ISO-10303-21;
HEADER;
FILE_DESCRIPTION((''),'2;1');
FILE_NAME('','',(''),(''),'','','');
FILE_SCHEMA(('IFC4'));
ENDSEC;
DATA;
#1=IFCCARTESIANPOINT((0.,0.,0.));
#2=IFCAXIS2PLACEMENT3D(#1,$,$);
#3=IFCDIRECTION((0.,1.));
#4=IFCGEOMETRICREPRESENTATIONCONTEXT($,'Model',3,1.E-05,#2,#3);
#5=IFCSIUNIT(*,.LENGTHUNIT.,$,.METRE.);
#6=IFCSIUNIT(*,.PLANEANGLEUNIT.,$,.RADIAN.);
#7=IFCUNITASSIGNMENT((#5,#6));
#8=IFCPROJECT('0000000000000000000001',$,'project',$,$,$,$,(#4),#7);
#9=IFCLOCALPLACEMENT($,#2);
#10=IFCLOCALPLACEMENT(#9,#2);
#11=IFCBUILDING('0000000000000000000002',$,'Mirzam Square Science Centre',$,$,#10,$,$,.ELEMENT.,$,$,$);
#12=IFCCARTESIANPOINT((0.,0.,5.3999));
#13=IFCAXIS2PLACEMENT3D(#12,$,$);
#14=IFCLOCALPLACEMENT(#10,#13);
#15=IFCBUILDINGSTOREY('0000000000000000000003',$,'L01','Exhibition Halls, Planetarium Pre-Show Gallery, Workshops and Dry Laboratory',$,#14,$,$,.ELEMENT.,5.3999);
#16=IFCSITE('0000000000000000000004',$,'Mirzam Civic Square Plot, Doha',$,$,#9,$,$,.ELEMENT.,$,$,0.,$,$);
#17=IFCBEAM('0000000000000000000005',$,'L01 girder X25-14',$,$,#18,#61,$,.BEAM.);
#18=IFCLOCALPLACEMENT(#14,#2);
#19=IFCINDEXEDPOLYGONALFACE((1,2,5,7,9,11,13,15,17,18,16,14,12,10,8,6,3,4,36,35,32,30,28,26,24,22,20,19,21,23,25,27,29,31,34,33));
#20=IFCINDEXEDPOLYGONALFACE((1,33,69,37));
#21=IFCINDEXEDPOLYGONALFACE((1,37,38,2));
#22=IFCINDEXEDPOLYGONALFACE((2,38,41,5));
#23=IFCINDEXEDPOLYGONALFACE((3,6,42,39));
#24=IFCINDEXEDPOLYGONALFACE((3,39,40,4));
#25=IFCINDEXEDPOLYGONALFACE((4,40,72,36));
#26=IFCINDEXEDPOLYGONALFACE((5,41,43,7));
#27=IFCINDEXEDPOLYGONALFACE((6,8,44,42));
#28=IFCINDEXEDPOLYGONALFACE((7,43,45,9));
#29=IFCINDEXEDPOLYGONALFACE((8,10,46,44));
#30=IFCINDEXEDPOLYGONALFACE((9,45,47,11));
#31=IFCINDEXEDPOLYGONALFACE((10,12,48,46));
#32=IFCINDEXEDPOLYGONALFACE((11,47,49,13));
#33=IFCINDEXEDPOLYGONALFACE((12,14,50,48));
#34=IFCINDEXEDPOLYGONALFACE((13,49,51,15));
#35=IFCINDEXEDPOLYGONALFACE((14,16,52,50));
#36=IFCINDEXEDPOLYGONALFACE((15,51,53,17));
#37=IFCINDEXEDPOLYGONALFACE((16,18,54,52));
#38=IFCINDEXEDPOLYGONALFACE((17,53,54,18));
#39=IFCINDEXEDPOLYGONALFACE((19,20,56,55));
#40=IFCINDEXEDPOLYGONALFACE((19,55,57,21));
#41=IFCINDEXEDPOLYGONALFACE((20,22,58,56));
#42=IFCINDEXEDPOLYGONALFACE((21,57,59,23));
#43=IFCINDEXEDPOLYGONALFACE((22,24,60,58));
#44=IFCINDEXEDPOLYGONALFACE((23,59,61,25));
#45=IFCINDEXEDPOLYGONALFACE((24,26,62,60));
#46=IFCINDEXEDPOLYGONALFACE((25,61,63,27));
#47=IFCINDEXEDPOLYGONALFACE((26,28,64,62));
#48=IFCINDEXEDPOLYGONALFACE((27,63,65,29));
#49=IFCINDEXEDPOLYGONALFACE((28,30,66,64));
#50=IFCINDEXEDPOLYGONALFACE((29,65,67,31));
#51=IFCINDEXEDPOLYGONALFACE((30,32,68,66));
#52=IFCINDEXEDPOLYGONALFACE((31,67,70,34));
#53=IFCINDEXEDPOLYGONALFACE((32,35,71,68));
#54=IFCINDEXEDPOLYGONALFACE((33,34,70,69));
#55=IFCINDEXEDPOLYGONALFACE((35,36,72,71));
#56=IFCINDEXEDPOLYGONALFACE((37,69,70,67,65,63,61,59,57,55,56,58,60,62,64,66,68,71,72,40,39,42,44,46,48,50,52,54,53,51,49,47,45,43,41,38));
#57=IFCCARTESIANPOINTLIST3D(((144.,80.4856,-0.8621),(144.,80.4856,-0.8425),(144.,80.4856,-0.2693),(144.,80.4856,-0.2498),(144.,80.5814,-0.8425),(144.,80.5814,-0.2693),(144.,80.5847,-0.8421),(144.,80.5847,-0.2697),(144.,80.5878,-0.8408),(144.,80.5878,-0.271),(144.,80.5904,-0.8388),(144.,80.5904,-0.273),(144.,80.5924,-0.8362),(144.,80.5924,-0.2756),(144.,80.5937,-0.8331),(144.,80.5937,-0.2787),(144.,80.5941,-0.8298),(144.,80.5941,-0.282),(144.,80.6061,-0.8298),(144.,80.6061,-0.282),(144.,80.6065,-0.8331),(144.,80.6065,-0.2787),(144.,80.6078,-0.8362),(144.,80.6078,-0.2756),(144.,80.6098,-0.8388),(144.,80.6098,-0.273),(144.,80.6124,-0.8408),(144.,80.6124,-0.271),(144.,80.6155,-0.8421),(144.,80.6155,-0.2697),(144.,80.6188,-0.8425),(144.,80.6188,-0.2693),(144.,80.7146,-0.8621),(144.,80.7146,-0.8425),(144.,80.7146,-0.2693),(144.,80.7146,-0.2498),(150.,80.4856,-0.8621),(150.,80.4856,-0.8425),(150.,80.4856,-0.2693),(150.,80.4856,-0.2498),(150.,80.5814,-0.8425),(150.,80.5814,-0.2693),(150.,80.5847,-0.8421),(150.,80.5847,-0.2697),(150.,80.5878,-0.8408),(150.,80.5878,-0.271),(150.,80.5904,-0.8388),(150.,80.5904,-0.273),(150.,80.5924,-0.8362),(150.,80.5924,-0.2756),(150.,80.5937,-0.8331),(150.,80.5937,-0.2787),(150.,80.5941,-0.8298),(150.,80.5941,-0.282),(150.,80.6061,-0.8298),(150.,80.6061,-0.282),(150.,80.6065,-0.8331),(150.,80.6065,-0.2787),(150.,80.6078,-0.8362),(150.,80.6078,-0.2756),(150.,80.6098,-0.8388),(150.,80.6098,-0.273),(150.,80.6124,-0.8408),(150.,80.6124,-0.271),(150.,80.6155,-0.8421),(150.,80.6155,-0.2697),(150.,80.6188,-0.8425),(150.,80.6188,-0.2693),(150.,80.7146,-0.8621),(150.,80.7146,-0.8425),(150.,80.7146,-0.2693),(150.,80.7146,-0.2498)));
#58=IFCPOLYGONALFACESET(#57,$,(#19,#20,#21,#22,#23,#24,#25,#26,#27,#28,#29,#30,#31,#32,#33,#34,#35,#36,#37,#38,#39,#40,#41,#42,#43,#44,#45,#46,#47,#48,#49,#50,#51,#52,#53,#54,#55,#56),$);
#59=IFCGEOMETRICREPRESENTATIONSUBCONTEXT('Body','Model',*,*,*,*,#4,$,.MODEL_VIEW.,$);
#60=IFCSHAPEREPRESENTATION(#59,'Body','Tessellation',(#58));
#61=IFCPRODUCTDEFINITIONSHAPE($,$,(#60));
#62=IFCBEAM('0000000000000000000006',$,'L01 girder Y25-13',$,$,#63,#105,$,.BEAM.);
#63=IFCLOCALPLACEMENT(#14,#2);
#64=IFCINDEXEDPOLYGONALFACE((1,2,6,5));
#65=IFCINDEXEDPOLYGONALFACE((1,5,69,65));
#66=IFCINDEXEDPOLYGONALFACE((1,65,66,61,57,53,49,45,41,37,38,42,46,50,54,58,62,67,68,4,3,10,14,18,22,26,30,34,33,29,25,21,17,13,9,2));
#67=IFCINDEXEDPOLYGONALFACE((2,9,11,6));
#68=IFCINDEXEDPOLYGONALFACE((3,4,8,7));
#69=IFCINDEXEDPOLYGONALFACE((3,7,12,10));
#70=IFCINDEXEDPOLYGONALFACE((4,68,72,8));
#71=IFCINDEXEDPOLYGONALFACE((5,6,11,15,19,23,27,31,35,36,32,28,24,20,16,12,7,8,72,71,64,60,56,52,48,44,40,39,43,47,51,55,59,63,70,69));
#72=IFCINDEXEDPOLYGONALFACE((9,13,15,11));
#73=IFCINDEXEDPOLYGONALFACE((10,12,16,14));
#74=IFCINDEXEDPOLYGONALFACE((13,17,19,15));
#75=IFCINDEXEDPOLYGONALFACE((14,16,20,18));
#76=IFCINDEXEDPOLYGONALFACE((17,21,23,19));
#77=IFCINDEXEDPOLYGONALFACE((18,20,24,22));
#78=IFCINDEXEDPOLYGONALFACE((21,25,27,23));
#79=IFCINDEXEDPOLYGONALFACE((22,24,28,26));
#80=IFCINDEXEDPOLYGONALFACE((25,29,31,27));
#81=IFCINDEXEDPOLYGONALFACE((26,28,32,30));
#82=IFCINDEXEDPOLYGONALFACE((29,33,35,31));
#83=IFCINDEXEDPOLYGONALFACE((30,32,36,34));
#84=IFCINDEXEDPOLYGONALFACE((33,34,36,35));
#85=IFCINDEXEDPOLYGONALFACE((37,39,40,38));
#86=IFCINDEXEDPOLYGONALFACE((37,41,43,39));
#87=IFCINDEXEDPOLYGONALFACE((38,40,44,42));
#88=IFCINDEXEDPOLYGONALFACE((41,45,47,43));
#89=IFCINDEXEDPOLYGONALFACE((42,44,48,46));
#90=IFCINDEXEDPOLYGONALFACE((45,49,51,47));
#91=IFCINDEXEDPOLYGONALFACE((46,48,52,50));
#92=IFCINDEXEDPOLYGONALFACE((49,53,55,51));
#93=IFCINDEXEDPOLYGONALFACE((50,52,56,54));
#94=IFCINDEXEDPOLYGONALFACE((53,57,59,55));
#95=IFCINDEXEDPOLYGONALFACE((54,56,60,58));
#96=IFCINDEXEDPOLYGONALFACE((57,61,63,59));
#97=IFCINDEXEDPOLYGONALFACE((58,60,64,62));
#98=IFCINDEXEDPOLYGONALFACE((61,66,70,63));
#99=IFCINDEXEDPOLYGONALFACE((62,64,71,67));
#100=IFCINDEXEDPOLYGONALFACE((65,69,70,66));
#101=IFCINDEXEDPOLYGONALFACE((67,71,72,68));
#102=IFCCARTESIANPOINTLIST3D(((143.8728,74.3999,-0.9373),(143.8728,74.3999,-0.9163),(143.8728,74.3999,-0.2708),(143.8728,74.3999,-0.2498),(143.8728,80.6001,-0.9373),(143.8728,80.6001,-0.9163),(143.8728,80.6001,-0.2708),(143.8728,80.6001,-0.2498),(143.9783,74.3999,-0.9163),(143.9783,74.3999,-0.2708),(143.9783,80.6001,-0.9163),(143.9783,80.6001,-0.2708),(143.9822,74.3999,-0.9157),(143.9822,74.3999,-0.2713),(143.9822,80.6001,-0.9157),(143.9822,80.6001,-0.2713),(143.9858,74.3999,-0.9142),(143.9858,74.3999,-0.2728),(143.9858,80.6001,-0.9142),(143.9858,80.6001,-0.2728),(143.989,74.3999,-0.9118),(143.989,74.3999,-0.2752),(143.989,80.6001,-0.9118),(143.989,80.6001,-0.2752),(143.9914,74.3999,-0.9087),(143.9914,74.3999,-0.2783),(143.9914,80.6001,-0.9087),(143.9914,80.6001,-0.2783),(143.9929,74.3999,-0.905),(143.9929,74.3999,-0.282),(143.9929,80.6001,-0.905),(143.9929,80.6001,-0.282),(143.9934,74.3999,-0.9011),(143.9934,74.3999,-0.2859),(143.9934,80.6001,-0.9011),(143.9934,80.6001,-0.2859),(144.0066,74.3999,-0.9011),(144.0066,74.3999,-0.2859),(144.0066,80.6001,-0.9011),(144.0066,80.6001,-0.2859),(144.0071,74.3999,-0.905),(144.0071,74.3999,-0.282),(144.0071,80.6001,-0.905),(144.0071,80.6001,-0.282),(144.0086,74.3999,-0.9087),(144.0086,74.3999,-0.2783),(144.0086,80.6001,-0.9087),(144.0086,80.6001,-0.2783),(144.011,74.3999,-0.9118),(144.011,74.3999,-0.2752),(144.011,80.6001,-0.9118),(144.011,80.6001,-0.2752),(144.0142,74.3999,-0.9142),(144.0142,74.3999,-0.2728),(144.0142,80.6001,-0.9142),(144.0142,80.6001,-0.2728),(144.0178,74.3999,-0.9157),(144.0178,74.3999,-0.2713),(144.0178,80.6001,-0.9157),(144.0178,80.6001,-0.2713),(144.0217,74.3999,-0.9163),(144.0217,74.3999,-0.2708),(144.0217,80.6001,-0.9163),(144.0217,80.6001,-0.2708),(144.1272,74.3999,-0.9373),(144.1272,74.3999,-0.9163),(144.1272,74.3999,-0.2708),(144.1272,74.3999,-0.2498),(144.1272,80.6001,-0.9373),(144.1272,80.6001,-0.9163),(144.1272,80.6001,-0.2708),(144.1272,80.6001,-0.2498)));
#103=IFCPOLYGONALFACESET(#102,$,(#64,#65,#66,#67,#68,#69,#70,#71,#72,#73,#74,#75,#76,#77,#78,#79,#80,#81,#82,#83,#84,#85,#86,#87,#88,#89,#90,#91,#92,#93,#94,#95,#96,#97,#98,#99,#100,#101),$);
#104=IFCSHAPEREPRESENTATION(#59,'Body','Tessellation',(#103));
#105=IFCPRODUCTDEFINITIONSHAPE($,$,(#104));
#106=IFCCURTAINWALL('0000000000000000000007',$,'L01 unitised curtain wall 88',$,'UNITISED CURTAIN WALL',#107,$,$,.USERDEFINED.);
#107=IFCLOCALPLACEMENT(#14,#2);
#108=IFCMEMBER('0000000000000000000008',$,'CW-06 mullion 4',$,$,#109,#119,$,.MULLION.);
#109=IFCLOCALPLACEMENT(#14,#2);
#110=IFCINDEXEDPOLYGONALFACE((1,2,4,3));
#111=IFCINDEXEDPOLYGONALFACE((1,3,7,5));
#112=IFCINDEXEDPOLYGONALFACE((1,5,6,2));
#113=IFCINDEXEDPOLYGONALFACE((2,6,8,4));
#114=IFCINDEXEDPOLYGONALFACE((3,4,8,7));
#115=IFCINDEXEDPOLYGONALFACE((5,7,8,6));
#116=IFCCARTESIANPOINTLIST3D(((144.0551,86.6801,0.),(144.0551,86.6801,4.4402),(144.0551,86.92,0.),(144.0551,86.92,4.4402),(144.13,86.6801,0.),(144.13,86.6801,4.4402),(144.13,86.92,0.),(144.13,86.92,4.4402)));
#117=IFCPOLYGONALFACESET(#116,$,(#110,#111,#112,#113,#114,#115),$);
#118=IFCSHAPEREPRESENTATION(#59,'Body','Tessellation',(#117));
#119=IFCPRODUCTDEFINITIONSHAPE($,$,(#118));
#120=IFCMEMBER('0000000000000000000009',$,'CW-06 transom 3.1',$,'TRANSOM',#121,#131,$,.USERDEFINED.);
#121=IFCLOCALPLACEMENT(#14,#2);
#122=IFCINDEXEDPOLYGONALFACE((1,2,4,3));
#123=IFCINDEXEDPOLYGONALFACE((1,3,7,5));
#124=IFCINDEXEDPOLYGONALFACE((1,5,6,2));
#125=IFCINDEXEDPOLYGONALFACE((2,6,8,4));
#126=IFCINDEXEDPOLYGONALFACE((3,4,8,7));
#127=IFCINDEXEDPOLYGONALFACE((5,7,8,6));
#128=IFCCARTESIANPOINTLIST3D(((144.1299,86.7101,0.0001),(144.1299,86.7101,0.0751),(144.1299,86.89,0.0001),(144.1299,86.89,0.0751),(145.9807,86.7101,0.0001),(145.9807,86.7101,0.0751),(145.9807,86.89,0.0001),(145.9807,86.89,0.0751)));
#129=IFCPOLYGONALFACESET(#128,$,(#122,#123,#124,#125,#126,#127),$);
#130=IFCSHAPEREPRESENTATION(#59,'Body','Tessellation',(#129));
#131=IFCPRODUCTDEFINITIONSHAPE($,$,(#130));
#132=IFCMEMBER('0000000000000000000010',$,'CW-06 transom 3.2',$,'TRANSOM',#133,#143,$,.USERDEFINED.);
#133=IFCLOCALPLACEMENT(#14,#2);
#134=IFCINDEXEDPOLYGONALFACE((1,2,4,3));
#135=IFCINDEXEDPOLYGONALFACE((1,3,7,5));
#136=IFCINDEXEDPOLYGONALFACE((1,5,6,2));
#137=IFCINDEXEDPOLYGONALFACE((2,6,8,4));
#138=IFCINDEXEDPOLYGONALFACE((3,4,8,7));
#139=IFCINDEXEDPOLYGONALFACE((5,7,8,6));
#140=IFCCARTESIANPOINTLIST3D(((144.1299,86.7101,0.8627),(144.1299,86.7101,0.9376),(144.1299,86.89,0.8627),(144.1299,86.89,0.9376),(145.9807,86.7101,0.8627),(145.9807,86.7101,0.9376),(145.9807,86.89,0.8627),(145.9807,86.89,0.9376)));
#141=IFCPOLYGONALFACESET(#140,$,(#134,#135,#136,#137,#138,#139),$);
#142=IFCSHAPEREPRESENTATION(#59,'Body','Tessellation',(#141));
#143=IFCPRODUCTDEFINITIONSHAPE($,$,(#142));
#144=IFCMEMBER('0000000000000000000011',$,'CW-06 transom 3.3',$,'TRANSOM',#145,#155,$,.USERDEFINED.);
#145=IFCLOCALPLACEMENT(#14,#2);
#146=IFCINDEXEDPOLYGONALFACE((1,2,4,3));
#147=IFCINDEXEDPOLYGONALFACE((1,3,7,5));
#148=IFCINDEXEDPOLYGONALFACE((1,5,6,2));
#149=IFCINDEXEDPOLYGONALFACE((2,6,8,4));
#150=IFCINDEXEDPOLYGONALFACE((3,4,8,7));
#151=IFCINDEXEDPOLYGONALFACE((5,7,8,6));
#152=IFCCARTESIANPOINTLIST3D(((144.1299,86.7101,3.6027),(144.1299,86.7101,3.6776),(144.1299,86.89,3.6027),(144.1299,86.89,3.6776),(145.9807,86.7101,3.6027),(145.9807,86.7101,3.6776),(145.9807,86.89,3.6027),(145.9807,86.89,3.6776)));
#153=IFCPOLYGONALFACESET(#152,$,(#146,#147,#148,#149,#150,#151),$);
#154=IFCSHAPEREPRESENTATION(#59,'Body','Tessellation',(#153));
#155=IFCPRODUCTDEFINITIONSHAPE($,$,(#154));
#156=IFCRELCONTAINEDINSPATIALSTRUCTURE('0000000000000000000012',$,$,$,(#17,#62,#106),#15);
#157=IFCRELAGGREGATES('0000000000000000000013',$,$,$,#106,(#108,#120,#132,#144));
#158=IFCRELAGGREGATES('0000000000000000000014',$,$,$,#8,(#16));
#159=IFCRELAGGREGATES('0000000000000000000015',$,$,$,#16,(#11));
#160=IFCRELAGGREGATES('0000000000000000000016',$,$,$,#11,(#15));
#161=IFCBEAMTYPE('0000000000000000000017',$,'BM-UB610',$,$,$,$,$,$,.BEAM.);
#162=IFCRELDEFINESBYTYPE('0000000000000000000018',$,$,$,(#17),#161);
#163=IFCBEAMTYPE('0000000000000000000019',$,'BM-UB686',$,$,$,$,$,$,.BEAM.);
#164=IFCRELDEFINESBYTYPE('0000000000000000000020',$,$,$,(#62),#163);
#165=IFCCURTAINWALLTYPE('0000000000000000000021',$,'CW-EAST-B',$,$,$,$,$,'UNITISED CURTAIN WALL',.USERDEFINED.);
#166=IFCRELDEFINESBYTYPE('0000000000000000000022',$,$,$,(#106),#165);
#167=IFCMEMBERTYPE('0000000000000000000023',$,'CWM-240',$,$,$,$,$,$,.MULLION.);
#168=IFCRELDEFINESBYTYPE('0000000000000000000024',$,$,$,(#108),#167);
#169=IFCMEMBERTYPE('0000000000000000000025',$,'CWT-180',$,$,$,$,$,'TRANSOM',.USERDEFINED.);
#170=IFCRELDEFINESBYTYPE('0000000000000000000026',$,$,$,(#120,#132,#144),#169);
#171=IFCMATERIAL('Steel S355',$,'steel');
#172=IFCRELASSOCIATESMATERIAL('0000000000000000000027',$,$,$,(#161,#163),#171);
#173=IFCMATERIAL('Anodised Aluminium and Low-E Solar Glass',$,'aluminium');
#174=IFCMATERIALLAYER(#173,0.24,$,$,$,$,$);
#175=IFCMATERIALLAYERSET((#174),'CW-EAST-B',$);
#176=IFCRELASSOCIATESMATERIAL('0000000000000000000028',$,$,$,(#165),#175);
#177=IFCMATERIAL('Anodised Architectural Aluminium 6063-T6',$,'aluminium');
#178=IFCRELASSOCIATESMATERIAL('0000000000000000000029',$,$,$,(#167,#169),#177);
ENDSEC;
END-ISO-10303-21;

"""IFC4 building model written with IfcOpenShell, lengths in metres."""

from ifc_helpers import new_model, si_unit, direction, frame, origin, origin_2d, place, context, subcontext, project, spatial, rectangle, i_section, extrude, material, layer, layer_set, material_profile, profile_set, type_object, element, aggregate, save


model = new_model("IFC4")

# Units and contexts
model_context = context("Model", 3, precision=1e-05, world=origin(), true_north=direction((0.0, 1.0)))
body_context = subcontext(model_context, "Body", "Model", "MODEL_VIEW")
ifc_project = project(units=[si_unit("LENGTHUNIT", "METRE"), si_unit("PLANEANGLEUNIT", "RADIAN")], contexts=[model_context])

# Site, building, storey
site_placement = place(None, origin())
site = spatial("IfcSite", under=ifc_project, at=site_placement, Name="Mirzam Civic Square Plot, Doha", CompositionType="ELEMENT", RefElevation=0.0)
building_placement = place(site_placement, origin())
building = spatial("IfcBuilding", under=site, at=building_placement, Name="Mirzam Square Science Centre", CompositionType="ELEMENT")
storey_placement = place(building_placement, frame((0.0, 0.0, 5.3999)))
storey = spatial("IfcBuildingStorey", under=building, at=storey_placement, Name="L01", Description="Exhibition Halls, Planetarium Pre-Show Gallery, Workshops and Dry Laboratory", CompositionType="ELEMENT", Elevation=5.3999)

# Shared definitions
ifc_material_1 = material(Name="Steel S355", Category="steel")

# Beams
ifc_material_profile_1 = material_profile(ifc_material_1, i_section(OverallWidth=0.229, OverallDepth=0.6123, WebThickness=0.012, FlangeThickness=0.0195, FilletRadius=0.0127, at=origin_2d()), Name="610x229x125UB")
ifc_profile_set_1 = profile_set([ifc_material_profile_1], Name="Steel S355")
beam_type_1 = type_object("IfcBeamType", Name="BM-UB610", PredefinedType="BEAM", material=ifc_profile_set_1)
for number, where, z_axis, x_axis, name in (
    (1, (144.0, 80.6001, -0.5559), (1.0, 0.0, 0.0), (0.0, 1.0, 0.0), "L01 girder X25-14"),
):
    element("IfcBeam", number, at=place(storey_placement, frame(where, z_axis=z_axis, x_axis=x_axis)), inside=storey, type_object=beam_type_1, Name=name, PredefinedType="BEAM", context=body_context, shape_type="SweptSolid", body=[
        extrude(i_section(OverallWidth=0.229, OverallDepth=0.6123, WebThickness=0.012, FlangeThickness=0.0195, FilletRadius=0.0127, at=origin_2d()), origin(), (0.0, 0.0, 1.0), 6.0),
    ])
ifc_material_profile_2 = material_profile(ifc_material_1, i_section(OverallWidth=0.2544, OverallDepth=0.6875, WebThickness=0.0132, FlangeThickness=0.021, FilletRadius=0.0151, at=origin_2d()), Name="686x254x152UB")
ifc_profile_set_2 = profile_set([ifc_material_profile_2], Name="Steel S355")
beam_type_2 = type_object("IfcBeamType", Name="BM-UB686", PredefinedType="BEAM", material=ifc_profile_set_2)
beam_1_placement = place(storey_placement, frame((144.0, 74.3999, -0.5935), z_axis=(0.0, 1.0, 0.0), x_axis=(-1.0, 0.0, 0.0)))
element("IfcBeam", 2, at=beam_1_placement, inside=storey, type_object=beam_type_2, Name="L01 girder Y25-13", PredefinedType="BEAM", context=body_context, shape_type="SweptSolid", body=[
    extrude(i_section(OverallWidth=0.2544, OverallDepth=0.6875, WebThickness=0.0132, FlangeThickness=0.021, FilletRadius=0.0151, at=origin_2d()), origin(), (0.0, 0.0, 1.0), 6.2002),
])

# Curtain wall, members
ifc_material_2 = material(Name="Anodised Aluminium and Low-E Solar Glass", Category="aluminium")
ifc_layer_1 = layer(ifc_material_2, 0.24)
ifc_layer_set_1 = layer_set([ifc_layer_1], Name="CW-EAST-B")
curtain_wall_type = type_object("IfcCurtainWallType", Name="CW-EAST-B", ElementType="UNITISED CURTAIN WALL", PredefinedType="USERDEFINED", material=ifc_layer_set_1)
curtain_wall_placement = place(storey_placement, origin())
curtain_wall = element("IfcCurtainWall", 3, at=curtain_wall_placement, inside=storey, type_object=curtain_wall_type, Name="L01 unitised curtain wall 88", ObjectType="UNITISED CURTAIN WALL", PredefinedType="USERDEFINED")
ifc_material_3 = material(Name="Anodised Architectural Aluminium 6063-T6", Category="aluminium")
ifc_material_profile_3 = material_profile(ifc_material_3, rectangle(XDim=0.075, YDim=0.24, at=origin_2d()), Name="ALU-MULL-240x75x5")
ifc_profile_set_3 = profile_set([ifc_material_profile_3], Name="Anodised Architectural Aluminium 6063-T6")
member_type_1 = type_object("IfcMemberType", Name="CWM-240", PredefinedType="MULLION", material=ifc_profile_set_3)
member_1_placement = place(storey_placement, frame((144.0925, 86.8, 0.0), z_axis=(0.0, 0.0, 1.0), x_axis=(-1.0, 0.0, 0.0)))
member_1 = element("IfcMember", 4, at=member_1_placement, type_object=member_type_1, Name="CW-06 mullion 4", PredefinedType="MULLION", context=body_context, shape_type="SweptSolid", body=[
    extrude(rectangle(XDim=0.075, YDim=0.24, at=origin_2d()), origin(), (0.0, 0.0, 1.0), 4.4402),
])
ifc_material_profile_4 = material_profile(ifc_material_3, rectangle(XDim=0.1799, YDim=0.075, at=origin_2d()), Name="ALU-TRAN-180x75x5")
ifc_profile_set_4 = profile_set([ifc_material_profile_4], Name="Anodised Architectural Aluminium 6063-T6")
member_type_2 = type_object("IfcMemberType", Name="CWT-180", ElementType="TRANSOM", PredefinedType="USERDEFINED", material=ifc_profile_set_4)
member_2_placement = place(storey_placement, frame((145.9807, 86.8, 0.0376), z_axis=(-1.0, 0.0, 0.0), x_axis=(0.0, -1.0, 0.0)))
member_2 = element("IfcMember", 5, at=member_2_placement, type_object=member_type_2, Name="CW-06 transom 3.1", ObjectType="TRANSOM", PredefinedType="USERDEFINED", context=body_context, shape_type="SweptSolid", body=[
    extrude(rectangle(XDim=0.1799, YDim=0.075, at=origin_2d()), origin(), (0.0, 0.0, 1.0), 1.8508),
])
member_3_placement = place(storey_placement, frame((145.9807, 86.8, 0.9001), z_axis=(-1.0, 0.0, 0.0), x_axis=(0.0, -1.0, 0.0)))
member_3 = element("IfcMember", 6, at=member_3_placement, type_object=member_type_2, Name="CW-06 transom 3.2", ObjectType="TRANSOM", PredefinedType="USERDEFINED", context=body_context, shape_type="SweptSolid", body=[
    extrude(rectangle(XDim=0.1799, YDim=0.075, at=origin_2d()), origin(), (0.0, 0.0, 1.0), 1.8508),
])
member_4_placement = place(storey_placement, frame((145.9807, 86.8, 3.6401), z_axis=(-1.0, 0.0, 0.0), x_axis=(0.0, -1.0, 0.0)))
member_4 = element("IfcMember", 7, at=member_4_placement, type_object=member_type_2, Name="CW-06 transom 3.3", ObjectType="TRANSOM", PredefinedType="USERDEFINED", context=body_context, shape_type="SweptSolid", body=[
    extrude(rectangle(XDim=0.1799, YDim=0.075, at=origin_2d()), origin(), (0.0, 0.0, 1.0), 1.8508),
])

aggregate(curtain_wall, [member_1, member_2, member_3, member_4])

save(model, "model.ifc")
